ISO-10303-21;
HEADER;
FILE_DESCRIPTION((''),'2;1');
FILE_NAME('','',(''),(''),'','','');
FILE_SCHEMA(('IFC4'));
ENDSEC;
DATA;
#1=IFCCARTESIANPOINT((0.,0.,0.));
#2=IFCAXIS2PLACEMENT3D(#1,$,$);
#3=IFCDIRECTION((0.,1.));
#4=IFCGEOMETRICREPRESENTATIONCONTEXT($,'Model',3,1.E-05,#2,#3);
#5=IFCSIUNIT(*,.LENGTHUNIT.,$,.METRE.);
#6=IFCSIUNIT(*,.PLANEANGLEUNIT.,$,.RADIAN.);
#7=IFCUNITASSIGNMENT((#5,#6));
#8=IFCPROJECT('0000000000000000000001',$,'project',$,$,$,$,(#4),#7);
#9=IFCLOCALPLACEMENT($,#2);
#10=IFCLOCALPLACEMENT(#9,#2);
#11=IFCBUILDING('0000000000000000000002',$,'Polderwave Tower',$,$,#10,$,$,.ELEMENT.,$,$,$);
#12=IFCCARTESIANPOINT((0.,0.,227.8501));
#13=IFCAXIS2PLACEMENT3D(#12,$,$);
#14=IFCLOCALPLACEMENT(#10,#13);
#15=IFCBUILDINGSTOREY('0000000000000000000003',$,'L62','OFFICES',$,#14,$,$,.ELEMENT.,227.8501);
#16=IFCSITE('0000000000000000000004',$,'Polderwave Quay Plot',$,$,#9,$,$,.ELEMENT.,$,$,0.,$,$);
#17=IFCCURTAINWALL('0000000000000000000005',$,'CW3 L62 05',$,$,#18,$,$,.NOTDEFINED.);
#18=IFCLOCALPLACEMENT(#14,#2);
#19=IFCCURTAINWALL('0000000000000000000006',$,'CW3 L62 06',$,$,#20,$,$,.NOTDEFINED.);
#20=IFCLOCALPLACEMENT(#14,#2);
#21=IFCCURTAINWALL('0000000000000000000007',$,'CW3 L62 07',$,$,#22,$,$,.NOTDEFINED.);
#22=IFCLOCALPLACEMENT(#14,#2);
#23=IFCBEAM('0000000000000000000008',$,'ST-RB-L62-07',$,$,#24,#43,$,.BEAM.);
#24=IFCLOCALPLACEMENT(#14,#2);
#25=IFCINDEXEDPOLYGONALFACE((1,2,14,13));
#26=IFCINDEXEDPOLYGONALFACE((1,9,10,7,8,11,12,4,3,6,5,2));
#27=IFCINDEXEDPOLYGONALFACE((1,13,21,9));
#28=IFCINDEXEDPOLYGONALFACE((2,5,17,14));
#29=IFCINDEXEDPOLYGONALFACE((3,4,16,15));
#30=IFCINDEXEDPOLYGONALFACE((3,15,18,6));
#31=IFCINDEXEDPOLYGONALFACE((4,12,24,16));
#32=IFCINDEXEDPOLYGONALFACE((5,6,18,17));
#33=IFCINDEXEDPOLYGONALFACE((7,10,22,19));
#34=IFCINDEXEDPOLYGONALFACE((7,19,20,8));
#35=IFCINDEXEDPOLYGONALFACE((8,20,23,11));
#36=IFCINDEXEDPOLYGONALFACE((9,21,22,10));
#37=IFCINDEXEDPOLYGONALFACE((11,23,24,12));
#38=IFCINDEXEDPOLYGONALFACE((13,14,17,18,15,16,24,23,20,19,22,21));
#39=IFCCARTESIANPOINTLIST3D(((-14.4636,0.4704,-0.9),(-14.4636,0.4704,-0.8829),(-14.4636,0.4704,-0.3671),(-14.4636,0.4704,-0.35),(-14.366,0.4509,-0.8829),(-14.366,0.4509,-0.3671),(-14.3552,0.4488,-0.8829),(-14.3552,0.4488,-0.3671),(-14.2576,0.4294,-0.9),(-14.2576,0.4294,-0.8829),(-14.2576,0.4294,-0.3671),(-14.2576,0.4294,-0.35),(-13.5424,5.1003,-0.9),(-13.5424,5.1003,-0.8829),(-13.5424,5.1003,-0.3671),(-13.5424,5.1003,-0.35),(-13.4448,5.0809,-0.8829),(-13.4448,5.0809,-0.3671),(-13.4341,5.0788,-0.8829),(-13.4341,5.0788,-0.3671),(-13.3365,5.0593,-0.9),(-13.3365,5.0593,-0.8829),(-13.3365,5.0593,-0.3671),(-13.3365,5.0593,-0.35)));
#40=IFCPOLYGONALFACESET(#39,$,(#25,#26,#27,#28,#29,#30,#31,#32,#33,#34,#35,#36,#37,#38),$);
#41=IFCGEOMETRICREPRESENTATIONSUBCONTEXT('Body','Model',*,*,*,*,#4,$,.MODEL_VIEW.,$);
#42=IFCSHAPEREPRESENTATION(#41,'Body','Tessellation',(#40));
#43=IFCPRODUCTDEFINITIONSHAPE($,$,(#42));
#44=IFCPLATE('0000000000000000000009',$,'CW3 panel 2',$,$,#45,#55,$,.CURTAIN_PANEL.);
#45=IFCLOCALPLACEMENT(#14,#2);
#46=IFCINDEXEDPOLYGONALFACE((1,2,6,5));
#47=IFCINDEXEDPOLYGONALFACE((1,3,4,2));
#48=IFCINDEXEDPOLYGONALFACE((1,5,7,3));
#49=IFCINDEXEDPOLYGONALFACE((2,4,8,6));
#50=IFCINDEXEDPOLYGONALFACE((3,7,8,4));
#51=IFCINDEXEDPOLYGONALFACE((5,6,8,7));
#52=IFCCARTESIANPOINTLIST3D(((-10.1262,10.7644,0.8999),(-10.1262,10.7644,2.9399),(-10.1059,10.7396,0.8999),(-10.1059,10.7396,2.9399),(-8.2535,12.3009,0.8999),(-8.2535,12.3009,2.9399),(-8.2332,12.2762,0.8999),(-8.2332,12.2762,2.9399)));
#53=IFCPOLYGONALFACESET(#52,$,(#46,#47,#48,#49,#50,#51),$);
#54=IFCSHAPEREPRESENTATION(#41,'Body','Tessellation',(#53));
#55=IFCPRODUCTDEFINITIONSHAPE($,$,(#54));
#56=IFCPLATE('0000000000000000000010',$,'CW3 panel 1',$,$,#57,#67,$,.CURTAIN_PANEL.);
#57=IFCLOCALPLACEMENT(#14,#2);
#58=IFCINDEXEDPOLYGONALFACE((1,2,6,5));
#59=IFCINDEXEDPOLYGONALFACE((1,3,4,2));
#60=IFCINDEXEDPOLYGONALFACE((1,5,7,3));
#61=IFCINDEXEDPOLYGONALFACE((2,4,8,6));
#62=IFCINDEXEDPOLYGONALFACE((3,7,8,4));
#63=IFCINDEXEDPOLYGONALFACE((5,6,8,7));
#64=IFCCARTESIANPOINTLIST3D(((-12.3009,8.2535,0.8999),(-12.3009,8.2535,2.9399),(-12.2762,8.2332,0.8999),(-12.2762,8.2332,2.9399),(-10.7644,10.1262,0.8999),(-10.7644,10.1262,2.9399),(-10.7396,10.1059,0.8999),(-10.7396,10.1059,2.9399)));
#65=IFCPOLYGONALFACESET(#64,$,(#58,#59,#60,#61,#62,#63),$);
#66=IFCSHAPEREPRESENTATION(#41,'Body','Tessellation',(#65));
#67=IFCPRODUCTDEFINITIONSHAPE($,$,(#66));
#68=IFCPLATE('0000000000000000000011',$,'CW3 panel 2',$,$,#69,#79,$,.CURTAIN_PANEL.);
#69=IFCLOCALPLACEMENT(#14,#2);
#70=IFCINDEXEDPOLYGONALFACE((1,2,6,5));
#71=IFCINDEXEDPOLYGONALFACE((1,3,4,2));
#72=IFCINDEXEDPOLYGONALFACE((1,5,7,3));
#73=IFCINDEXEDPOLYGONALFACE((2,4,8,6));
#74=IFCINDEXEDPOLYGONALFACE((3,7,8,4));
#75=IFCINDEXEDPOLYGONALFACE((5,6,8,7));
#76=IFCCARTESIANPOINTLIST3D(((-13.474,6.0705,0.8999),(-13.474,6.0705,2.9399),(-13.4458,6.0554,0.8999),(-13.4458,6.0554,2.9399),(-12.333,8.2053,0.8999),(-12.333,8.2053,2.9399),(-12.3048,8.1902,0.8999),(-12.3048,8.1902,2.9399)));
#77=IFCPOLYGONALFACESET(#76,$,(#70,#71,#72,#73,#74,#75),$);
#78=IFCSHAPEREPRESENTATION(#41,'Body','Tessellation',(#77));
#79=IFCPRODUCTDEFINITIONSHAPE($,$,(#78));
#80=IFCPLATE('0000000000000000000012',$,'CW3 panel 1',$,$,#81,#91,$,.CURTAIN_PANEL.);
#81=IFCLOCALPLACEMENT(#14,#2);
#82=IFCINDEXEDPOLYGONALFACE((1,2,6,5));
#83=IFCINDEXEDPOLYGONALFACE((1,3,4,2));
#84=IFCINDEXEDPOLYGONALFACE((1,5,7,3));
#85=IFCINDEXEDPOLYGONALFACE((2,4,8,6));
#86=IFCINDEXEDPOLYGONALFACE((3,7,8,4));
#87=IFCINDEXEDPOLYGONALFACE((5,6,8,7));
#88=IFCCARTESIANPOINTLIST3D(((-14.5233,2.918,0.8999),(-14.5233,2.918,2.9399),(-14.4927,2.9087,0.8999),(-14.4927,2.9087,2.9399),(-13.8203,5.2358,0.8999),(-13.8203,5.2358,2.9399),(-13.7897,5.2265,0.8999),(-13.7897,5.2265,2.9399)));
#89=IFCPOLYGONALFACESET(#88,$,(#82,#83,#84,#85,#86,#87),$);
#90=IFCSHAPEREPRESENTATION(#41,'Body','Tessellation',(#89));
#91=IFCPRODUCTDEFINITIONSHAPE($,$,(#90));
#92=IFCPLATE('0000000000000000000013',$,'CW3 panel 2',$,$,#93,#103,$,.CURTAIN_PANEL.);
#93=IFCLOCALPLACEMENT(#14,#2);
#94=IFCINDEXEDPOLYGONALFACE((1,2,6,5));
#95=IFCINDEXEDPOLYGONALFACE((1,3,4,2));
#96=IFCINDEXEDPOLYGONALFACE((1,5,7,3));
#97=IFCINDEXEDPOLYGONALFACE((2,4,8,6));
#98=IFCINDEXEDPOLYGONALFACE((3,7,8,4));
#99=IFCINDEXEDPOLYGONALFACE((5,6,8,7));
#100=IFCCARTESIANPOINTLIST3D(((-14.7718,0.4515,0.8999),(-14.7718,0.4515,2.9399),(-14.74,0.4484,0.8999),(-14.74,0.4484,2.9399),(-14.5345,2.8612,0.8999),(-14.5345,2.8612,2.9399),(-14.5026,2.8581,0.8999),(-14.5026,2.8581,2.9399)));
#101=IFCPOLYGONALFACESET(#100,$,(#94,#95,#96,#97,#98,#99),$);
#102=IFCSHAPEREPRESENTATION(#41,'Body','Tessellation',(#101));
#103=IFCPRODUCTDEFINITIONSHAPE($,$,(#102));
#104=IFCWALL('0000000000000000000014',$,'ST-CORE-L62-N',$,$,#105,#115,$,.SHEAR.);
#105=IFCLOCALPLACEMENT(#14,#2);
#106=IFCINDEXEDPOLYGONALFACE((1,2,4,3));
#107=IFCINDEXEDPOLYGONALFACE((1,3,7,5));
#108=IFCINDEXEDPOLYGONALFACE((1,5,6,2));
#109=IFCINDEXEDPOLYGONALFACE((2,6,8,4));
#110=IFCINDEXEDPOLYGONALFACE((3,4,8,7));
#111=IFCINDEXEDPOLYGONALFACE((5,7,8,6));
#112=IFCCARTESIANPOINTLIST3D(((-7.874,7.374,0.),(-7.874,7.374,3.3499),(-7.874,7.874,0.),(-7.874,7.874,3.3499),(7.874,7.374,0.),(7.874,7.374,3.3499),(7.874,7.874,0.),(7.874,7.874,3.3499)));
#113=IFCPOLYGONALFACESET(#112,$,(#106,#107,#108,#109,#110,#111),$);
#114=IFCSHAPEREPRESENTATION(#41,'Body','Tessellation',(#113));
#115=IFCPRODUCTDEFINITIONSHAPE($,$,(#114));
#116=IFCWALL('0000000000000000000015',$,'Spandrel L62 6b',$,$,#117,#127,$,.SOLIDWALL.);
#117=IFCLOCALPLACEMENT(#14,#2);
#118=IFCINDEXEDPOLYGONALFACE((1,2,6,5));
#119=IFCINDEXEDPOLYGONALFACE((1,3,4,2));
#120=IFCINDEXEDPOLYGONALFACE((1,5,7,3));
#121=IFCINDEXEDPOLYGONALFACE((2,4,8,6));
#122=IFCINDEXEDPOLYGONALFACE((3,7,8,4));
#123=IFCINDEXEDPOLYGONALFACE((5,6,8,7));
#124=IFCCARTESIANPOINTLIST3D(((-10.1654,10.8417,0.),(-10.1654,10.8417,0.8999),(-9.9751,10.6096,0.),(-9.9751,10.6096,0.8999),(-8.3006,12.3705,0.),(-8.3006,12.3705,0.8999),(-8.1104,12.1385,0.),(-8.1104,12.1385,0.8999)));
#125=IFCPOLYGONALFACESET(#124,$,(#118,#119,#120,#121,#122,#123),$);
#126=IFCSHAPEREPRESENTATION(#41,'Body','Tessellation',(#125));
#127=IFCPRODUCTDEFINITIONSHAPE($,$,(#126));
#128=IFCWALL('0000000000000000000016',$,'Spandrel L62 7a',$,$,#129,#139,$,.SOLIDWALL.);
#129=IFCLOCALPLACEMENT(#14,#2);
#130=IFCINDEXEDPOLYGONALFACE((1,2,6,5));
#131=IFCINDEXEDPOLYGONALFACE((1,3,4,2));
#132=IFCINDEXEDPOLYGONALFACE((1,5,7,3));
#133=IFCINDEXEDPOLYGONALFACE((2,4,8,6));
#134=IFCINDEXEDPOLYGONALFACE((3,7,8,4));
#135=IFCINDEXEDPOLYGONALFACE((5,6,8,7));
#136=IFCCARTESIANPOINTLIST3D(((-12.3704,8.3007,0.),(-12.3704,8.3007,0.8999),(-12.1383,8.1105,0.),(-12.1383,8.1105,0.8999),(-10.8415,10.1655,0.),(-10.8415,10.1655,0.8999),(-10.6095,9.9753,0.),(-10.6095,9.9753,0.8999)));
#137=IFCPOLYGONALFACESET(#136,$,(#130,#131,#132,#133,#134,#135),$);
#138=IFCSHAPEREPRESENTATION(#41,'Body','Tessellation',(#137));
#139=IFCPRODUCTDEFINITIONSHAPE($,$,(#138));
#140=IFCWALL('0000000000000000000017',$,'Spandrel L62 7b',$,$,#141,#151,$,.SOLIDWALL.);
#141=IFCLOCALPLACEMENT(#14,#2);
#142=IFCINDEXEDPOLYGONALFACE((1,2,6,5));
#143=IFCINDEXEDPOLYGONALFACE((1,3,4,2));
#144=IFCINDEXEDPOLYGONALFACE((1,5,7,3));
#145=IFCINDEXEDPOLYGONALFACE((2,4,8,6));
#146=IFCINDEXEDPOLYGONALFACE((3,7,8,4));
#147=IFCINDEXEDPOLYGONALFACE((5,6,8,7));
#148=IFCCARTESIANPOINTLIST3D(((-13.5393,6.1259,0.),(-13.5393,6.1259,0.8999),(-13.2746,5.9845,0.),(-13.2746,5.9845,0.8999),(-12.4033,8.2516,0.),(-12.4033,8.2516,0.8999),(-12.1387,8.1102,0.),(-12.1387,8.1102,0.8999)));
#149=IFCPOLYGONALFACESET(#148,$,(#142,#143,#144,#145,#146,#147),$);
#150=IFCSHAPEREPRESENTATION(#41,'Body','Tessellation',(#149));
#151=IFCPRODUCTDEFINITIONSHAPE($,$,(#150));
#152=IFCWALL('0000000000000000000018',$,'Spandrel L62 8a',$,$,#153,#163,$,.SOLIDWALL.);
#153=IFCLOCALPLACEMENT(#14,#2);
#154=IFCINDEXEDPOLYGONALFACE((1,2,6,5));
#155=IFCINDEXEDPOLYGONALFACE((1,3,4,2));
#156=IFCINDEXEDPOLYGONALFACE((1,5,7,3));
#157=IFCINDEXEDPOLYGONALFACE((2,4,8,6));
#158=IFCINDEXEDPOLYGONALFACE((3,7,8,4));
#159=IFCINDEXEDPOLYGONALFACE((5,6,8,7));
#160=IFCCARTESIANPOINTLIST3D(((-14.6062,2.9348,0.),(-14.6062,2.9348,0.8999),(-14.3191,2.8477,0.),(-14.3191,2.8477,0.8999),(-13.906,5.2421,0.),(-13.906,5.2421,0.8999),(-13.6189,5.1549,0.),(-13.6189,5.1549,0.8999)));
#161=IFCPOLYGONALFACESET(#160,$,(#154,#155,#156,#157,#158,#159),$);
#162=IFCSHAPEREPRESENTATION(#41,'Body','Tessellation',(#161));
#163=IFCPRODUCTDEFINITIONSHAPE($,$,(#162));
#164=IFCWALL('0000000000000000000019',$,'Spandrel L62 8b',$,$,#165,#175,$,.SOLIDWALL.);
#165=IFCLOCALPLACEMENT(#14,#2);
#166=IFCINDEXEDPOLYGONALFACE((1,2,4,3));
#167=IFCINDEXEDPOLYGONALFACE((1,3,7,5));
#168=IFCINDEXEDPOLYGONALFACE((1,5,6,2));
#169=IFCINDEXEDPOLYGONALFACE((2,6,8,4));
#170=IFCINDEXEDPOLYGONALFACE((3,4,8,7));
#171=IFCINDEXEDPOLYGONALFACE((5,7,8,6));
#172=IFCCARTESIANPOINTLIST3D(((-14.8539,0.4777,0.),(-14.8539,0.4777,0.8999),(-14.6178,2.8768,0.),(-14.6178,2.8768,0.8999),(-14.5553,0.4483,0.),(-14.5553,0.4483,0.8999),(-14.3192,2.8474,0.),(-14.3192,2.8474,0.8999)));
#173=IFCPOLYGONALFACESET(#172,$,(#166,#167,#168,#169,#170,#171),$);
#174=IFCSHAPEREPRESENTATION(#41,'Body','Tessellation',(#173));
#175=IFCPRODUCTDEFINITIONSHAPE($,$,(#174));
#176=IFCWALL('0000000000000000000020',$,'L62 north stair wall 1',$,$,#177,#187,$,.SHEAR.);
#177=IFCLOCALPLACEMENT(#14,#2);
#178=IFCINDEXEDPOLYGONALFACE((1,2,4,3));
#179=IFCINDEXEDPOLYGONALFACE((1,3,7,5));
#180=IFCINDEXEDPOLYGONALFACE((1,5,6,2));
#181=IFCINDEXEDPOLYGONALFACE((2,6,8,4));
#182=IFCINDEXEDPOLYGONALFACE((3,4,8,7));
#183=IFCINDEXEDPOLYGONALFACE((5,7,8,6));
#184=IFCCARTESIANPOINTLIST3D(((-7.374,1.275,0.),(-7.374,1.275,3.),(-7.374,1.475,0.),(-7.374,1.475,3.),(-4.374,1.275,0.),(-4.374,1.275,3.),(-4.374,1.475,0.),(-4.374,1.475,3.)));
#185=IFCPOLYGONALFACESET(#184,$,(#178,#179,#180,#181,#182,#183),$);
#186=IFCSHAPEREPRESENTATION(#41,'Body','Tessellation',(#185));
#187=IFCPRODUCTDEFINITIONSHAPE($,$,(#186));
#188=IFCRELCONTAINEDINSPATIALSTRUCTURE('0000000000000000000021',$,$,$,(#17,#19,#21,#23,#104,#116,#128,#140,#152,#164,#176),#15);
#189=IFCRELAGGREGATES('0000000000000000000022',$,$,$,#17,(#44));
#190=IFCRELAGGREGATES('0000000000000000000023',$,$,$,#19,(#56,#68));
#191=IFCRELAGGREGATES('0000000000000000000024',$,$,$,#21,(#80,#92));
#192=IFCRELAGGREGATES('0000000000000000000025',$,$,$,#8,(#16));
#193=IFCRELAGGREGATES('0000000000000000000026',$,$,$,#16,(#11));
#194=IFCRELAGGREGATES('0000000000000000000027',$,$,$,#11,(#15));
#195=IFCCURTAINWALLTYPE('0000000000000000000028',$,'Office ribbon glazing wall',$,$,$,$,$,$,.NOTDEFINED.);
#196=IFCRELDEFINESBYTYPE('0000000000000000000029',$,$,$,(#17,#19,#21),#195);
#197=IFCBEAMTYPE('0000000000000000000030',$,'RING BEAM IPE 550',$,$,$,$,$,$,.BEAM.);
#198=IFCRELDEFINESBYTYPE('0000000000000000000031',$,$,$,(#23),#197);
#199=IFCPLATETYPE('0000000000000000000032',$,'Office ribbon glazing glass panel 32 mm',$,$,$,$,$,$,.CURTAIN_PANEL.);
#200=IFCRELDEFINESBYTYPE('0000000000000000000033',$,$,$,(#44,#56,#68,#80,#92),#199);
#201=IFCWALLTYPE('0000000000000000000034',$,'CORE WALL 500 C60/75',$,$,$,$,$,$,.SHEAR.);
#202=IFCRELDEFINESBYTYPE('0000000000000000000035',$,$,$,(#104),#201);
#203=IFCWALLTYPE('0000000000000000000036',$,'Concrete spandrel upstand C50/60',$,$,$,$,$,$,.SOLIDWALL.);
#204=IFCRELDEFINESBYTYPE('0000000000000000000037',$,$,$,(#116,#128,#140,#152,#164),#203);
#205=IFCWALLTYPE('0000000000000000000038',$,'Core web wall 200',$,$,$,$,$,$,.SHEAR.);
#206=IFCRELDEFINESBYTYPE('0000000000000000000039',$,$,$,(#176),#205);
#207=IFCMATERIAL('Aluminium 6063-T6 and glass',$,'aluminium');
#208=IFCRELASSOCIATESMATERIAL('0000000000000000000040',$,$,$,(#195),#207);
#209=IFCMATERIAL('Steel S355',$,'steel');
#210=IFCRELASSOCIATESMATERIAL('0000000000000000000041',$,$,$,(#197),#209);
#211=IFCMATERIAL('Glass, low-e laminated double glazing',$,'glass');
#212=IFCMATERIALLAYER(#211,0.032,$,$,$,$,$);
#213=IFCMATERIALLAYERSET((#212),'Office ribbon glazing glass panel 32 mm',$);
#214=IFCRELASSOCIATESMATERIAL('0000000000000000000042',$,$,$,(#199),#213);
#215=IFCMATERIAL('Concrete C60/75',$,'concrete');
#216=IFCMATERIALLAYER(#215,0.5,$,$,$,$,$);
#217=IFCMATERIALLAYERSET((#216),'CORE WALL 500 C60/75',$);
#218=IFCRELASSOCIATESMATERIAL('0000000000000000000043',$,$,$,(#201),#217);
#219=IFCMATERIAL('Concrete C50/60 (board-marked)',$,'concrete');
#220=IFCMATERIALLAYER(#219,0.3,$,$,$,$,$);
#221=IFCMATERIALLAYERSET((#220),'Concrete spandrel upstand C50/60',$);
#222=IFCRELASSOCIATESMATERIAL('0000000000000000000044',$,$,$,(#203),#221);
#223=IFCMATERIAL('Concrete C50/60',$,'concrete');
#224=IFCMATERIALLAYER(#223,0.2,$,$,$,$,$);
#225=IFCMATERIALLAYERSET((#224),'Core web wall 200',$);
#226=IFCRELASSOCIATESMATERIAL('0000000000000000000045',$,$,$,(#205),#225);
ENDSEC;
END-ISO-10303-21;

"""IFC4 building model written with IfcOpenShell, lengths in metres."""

from ifc_helpers import new_model, si_unit, direction, frame, frame_2d, origin, origin_2d, place, context, subcontext, project, spatial, rectangle, i_section, extrude, material, layer, layer_set, material_profile, profile_set, type_object, element, aggregate, save


model = new_model("IFC4")

# Units and contexts
model_context = context("Model", 3, precision=1e-05, world=origin(), true_north=direction((0.0, 1.0)))
body_context = subcontext(model_context, "Body", "Model", "MODEL_VIEW")
ifc_project = project(units=[si_unit("LENGTHUNIT", "METRE"), si_unit("PLANEANGLEUNIT", "RADIAN")], contexts=[model_context])

# Site, building, storey
site_placement = place(None, origin())
site = spatial("IfcSite", under=ifc_project, at=site_placement, Name="Polderwave Quay Plot", CompositionType="ELEMENT", RefElevation=0.0)
building_placement = place(site_placement, origin())
building = spatial("IfcBuilding", under=site, at=building_placement, Name="Polderwave Tower", CompositionType="ELEMENT")
storey_placement = place(building_placement, frame((0.0, 0.0, 227.8501)))
storey = spatial("IfcBuildingStorey", under=building, at=storey_placement, Name="L62", Description="OFFICES", CompositionType="ELEMENT", Elevation=227.8501)

# Shared definitions
ifc_material_1 = material(Name="Concrete C60/75", Category="concrete")

# Curtain walls
ifc_material_2 = material(Name="Aluminium 6063-T6 and glass", Category="aluminium")
curtain_wall_type = type_object("IfcCurtainWallType", Name="Office ribbon glazing wall", PredefinedType="NOTDEFINED", material=ifc_material_2)
curtain_wall_1_placement = place(storey_placement, origin())
curtain_wall_1 = element("IfcCurtainWall", 1, at=curtain_wall_1_placement, inside=storey, type_object=curtain_wall_type, Name="CW3 L62 05", PredefinedType="NOTDEFINED")
curtain_wall_2_placement = place(storey_placement, origin())
curtain_wall_2 = element("IfcCurtainWall", 2, at=curtain_wall_2_placement, inside=storey, type_object=curtain_wall_type, Name="CW3 L62 06", PredefinedType="NOTDEFINED")
curtain_wall_3_placement = place(storey_placement, origin())
curtain_wall_3 = element("IfcCurtainWall", 3, at=curtain_wall_3_placement, inside=storey, type_object=curtain_wall_type, Name="CW3 L62 07", PredefinedType="NOTDEFINED")

# Beam
ifc_material_3 = material(Name="Steel S355", Category="steel")
ifc_material_profile_1 = material_profile(ifc_material_3, i_section(OverallWidth=0.21, OverallDepth=0.55, WebThickness=0.011, FlangeThickness=0.0171, at=origin_2d()), Name="IPE 550")
ifc_profile_set_1 = profile_set([ifc_material_profile_1], Name="Steel S355")
beam_type = type_object("IfcBeamType", Name="RING BEAM IPE 550", PredefinedType="BEAM", material=ifc_profile_set_1)
beam_1_placement = place(storey_placement, frame((-13.4395, 5.0798, -0.625), z_axis=(-0.195131, -0.980777, 0.0), x_axis=(0.980777, -0.195131, 0.0)))
element("IfcBeam", 4, at=beam_1_placement, inside=storey, type_object=beam_type, Name="ST-RB-L62-07", PredefinedType="BEAM", context=body_context, shape_type="SweptSolid", body=[
    extrude(i_section(OverallWidth=0.21, OverallDepth=0.55, WebThickness=0.011, FlangeThickness=0.0171, at=origin_2d()), origin(), (0.0, 0.0, 1.0), 4.7207),
])

# Plates
ifc_material_4 = material(Name="Glass, low-e laminated double glazing", Category="glass")
ifc_layer_1 = layer(ifc_material_4, 0.032)
ifc_layer_set_1 = layer_set([ifc_layer_1], Name="Office ribbon glazing glass panel 32 mm")
plate_type = type_object("IfcPlateType", Name="Office ribbon glazing glass panel 32 mm", PredefinedType="CURTAIN_PANEL", material=ifc_layer_set_1)
plate_1_placement = place(storey_placement, frame((-9.1797, 11.5203, 0.8999), z_axis=(0.0, 0.0, 1.0), x_axis=(-0.773084, -0.634304, 0.0)))
plate_1 = element("IfcPlate", 5, at=plate_1_placement, type_object=plate_type, Name="CW3 panel 2", PredefinedType="CURTAIN_PANEL", context=body_context, shape_type="SweptSolid", body=[
    extrude(rectangle(XDim=2.4224, YDim=0.032, at=origin_2d()), origin(), (0.0, 0.0, 1.0), 2.04),
])
aggregate(curtain_wall_1, [plate_1])
plate_2_placement = place(storey_placement, frame((-11.5203, 9.1797, 0.8999), z_axis=(0.0, 0.0, 1.0), x_axis=(-0.634304, -0.773084, 0.0)))
plate_2 = element("IfcPlate", 6, at=plate_2_placement, type_object=plate_type, Name="CW3 panel 1", PredefinedType="CURTAIN_PANEL", context=body_context, shape_type="SweptSolid", body=[
    extrude(rectangle(XDim=2.4224, YDim=0.032, at=origin_2d()), origin(), (0.0, 0.0, 1.0), 2.04),
])
plate_3_placement = place(storey_placement, frame((-12.8894, 7.1304, 0.8999), z_axis=(0.0, 0.0, 1.0), x_axis=(-0.471394, -0.881923, 0.0)))
plate_3 = element("IfcPlate", 7, at=plate_3_placement, type_object=plate_type, Name="CW3 panel 2", PredefinedType="CURTAIN_PANEL", context=body_context, shape_type="SweptSolid", body=[
    extrude(rectangle(XDim=2.4207, YDim=0.032, at=origin_2d()), origin(), (0.0, 0.0, 1.0), 2.04),
])
aggregate(curtain_wall_2, [plate_2, plate_3])
plate_4_placement = place(storey_placement, frame((-14.1565, 4.0723, 0.8999), z_axis=(0.0, 0.0, 1.0), x_axis=(-0.290268, -0.956945, 0.0)))
plate_4 = element("IfcPlate", 8, at=plate_4_placement, type_object=plate_type, Name="CW3 panel 1", PredefinedType="CURTAIN_PANEL", context=body_context, shape_type="SweptSolid", body=[
    extrude(rectangle(XDim=2.4221, YDim=0.032, at=origin_2d()), origin(), (0.0, 0.0, 1.0), 2.04),
])
plate_5_placement = place(storey_placement, frame((-14.6372, 1.6548, 0.8999), z_axis=(0.0, 0.0, 1.0), x_axis=(-0.098008, -0.995186, 0.0)))
plate_5 = element("IfcPlate", 9, at=plate_5_placement, type_object=plate_type, Name="CW3 panel 2", PredefinedType="CURTAIN_PANEL", context=body_context, shape_type="SweptSolid", body=[
    extrude(rectangle(XDim=2.4214, YDim=0.032, at=origin_2d()), origin(), (0.0, 0.0, 1.0), 2.04),
])
aggregate(curtain_wall_3, [plate_4, plate_5])

# Walls
ifc_layer_2 = layer(ifc_material_1, 0.5)
ifc_layer_set_2 = layer_set([ifc_layer_2], Name="CORE WALL 500 C60/75")
wall_type_1 = type_object("IfcWallType", Name="CORE WALL 500 C60/75", PredefinedType="SHEAR", material=ifc_layer_set_2)
wall_1_placement = place(storey_placement, frame((-7.874, 7.624, 0.0), z_axis=(0.0, 0.0, 1.0), x_axis=(1.0, 0.0, 0.0)))
element("IfcWall", 10, at=wall_1_placement, inside=storey, type_object=wall_type_1, Name="ST-CORE-L62-N", PredefinedType="SHEAR", context=body_context, shape_type="SweptSolid", body=[
    extrude(rectangle(XDim=15.748, YDim=0.5, at=frame_2d((7.874, 0.0))), origin(), (0.0, 0.0, 1.0), 3.3499),
])
ifc_material_5 = material(Name="Concrete C50/60 (board-marked)", Category="concrete")
ifc_layer_3 = layer(ifc_material_5, 0.3)
ifc_layer_set_3 = layer_set([ifc_layer_3], Name="Concrete spandrel upstand C50/60")
wall_type_2 = type_object("IfcWallType", Name="Concrete spandrel upstand C50/60", PredefinedType="SOLIDWALL", material=ifc_layer_set_3)
for number, where, z_axis, x_axis, name in (
    (11, (-8.2056, 12.2544, 0.0), (0.0, 0.0, 1.0), (-0.773325, -0.634009, 0.0), "Spandrel L62 6b"),
    (12, (-10.7256, 10.0703, 0.0), (0.0, 0.0, 1.0), (-0.634009, -0.773325, 0.0), "Spandrel L62 7a"),
):
    element("IfcWall", number, at=place(storey_placement, frame(where, z_axis=z_axis, x_axis=x_axis)), inside=storey, type_object=wall_type_2, Name=name, PredefinedType="SOLIDWALL", context=body_context, shape_type="SweptSolid", body=[
        extrude(rectangle(XDim=2.4114, YDim=0.3, at=frame_2d((1.2056, 0.0))), origin(), (0.0, 0.0, 1.0), 0.8999),
    ])
wall_2_placement = place(storey_placement, frame((-12.271, 8.1809, 0.0), z_axis=(0.0, 0.0, 1.0), x_axis=(-0.471319, -0.881963, 0.0)))
element("IfcWall", 13, at=wall_2_placement, inside=storey, type_object=wall_type_2, Name="Spandrel L62 7b", PredefinedType="SOLIDWALL", context=body_context, shape_type="SweptSolid", body=[
    extrude(rectangle(XDim=2.4102, YDim=0.3, at=frame_2d((1.2051, 0.0))), origin(), (0.0, 0.0, 1.0), 0.8999),
])
wall_3_placement = place(storey_placement, frame((-13.7625, 5.1985, 0.0), z_axis=(0.0, 0.0, 1.0), x_axis=(-0.290412, -0.956902, 0.0)))
element("IfcWall", 14, at=wall_3_placement, inside=storey, type_object=wall_type_2, Name="Spandrel L62 8a", PredefinedType="SOLIDWALL", context=body_context, shape_type="SweptSolid", body=[
    extrude(rectangle(XDim=2.4111, YDim=0.3, at=frame_2d((1.2056, 0.0))), origin(), (0.0, 0.0, 1.0), 0.8999),
])
wall_4_placement = place(storey_placement, frame((-14.4685, 2.8621, 0.0), z_axis=(0.0, 0.0, 1.0), x_axis=(-0.097929, -0.995193, 0.0)))
element("IfcWall", 15, at=wall_4_placement, inside=storey, type_object=wall_type_2, Name="Spandrel L62 8b", PredefinedType="SOLIDWALL", context=body_context, shape_type="SweptSolid", body=[
    extrude(rectangle(XDim=2.4106, YDim=0.3, at=frame_2d((1.2053, 0.0))), origin(), (0.0, 0.0, 1.0), 0.8999),
])
ifc_material_6 = material(Name="Concrete C50/60", Category="concrete")
ifc_layer_4 = layer(ifc_material_6, 0.2)
ifc_layer_set_4 = layer_set([ifc_layer_4], Name="Core web wall 200")
wall_type_3 = type_object("IfcWallType", Name="Core web wall 200", PredefinedType="SHEAR", material=ifc_layer_set_4)
wall_5_placement = place(storey_placement, frame((-7.374, 1.375, 0.0), z_axis=(0.0, 0.0, 1.0), x_axis=(1.0, 0.0, 0.0)))
element("IfcWall", 16, at=wall_5_placement, inside=storey, type_object=wall_type_3, Name="L62 north stair wall 1", PredefinedType="SHEAR", context=body_context, shape_type="SweptSolid", body=[
    extrude(rectangle(XDim=3.0, YDim=0.2, at=frame_2d((1.5, 0.0))), origin(), (0.0, 0.0, 1.0), 3.0),
])

save(model, "model.ifc")
